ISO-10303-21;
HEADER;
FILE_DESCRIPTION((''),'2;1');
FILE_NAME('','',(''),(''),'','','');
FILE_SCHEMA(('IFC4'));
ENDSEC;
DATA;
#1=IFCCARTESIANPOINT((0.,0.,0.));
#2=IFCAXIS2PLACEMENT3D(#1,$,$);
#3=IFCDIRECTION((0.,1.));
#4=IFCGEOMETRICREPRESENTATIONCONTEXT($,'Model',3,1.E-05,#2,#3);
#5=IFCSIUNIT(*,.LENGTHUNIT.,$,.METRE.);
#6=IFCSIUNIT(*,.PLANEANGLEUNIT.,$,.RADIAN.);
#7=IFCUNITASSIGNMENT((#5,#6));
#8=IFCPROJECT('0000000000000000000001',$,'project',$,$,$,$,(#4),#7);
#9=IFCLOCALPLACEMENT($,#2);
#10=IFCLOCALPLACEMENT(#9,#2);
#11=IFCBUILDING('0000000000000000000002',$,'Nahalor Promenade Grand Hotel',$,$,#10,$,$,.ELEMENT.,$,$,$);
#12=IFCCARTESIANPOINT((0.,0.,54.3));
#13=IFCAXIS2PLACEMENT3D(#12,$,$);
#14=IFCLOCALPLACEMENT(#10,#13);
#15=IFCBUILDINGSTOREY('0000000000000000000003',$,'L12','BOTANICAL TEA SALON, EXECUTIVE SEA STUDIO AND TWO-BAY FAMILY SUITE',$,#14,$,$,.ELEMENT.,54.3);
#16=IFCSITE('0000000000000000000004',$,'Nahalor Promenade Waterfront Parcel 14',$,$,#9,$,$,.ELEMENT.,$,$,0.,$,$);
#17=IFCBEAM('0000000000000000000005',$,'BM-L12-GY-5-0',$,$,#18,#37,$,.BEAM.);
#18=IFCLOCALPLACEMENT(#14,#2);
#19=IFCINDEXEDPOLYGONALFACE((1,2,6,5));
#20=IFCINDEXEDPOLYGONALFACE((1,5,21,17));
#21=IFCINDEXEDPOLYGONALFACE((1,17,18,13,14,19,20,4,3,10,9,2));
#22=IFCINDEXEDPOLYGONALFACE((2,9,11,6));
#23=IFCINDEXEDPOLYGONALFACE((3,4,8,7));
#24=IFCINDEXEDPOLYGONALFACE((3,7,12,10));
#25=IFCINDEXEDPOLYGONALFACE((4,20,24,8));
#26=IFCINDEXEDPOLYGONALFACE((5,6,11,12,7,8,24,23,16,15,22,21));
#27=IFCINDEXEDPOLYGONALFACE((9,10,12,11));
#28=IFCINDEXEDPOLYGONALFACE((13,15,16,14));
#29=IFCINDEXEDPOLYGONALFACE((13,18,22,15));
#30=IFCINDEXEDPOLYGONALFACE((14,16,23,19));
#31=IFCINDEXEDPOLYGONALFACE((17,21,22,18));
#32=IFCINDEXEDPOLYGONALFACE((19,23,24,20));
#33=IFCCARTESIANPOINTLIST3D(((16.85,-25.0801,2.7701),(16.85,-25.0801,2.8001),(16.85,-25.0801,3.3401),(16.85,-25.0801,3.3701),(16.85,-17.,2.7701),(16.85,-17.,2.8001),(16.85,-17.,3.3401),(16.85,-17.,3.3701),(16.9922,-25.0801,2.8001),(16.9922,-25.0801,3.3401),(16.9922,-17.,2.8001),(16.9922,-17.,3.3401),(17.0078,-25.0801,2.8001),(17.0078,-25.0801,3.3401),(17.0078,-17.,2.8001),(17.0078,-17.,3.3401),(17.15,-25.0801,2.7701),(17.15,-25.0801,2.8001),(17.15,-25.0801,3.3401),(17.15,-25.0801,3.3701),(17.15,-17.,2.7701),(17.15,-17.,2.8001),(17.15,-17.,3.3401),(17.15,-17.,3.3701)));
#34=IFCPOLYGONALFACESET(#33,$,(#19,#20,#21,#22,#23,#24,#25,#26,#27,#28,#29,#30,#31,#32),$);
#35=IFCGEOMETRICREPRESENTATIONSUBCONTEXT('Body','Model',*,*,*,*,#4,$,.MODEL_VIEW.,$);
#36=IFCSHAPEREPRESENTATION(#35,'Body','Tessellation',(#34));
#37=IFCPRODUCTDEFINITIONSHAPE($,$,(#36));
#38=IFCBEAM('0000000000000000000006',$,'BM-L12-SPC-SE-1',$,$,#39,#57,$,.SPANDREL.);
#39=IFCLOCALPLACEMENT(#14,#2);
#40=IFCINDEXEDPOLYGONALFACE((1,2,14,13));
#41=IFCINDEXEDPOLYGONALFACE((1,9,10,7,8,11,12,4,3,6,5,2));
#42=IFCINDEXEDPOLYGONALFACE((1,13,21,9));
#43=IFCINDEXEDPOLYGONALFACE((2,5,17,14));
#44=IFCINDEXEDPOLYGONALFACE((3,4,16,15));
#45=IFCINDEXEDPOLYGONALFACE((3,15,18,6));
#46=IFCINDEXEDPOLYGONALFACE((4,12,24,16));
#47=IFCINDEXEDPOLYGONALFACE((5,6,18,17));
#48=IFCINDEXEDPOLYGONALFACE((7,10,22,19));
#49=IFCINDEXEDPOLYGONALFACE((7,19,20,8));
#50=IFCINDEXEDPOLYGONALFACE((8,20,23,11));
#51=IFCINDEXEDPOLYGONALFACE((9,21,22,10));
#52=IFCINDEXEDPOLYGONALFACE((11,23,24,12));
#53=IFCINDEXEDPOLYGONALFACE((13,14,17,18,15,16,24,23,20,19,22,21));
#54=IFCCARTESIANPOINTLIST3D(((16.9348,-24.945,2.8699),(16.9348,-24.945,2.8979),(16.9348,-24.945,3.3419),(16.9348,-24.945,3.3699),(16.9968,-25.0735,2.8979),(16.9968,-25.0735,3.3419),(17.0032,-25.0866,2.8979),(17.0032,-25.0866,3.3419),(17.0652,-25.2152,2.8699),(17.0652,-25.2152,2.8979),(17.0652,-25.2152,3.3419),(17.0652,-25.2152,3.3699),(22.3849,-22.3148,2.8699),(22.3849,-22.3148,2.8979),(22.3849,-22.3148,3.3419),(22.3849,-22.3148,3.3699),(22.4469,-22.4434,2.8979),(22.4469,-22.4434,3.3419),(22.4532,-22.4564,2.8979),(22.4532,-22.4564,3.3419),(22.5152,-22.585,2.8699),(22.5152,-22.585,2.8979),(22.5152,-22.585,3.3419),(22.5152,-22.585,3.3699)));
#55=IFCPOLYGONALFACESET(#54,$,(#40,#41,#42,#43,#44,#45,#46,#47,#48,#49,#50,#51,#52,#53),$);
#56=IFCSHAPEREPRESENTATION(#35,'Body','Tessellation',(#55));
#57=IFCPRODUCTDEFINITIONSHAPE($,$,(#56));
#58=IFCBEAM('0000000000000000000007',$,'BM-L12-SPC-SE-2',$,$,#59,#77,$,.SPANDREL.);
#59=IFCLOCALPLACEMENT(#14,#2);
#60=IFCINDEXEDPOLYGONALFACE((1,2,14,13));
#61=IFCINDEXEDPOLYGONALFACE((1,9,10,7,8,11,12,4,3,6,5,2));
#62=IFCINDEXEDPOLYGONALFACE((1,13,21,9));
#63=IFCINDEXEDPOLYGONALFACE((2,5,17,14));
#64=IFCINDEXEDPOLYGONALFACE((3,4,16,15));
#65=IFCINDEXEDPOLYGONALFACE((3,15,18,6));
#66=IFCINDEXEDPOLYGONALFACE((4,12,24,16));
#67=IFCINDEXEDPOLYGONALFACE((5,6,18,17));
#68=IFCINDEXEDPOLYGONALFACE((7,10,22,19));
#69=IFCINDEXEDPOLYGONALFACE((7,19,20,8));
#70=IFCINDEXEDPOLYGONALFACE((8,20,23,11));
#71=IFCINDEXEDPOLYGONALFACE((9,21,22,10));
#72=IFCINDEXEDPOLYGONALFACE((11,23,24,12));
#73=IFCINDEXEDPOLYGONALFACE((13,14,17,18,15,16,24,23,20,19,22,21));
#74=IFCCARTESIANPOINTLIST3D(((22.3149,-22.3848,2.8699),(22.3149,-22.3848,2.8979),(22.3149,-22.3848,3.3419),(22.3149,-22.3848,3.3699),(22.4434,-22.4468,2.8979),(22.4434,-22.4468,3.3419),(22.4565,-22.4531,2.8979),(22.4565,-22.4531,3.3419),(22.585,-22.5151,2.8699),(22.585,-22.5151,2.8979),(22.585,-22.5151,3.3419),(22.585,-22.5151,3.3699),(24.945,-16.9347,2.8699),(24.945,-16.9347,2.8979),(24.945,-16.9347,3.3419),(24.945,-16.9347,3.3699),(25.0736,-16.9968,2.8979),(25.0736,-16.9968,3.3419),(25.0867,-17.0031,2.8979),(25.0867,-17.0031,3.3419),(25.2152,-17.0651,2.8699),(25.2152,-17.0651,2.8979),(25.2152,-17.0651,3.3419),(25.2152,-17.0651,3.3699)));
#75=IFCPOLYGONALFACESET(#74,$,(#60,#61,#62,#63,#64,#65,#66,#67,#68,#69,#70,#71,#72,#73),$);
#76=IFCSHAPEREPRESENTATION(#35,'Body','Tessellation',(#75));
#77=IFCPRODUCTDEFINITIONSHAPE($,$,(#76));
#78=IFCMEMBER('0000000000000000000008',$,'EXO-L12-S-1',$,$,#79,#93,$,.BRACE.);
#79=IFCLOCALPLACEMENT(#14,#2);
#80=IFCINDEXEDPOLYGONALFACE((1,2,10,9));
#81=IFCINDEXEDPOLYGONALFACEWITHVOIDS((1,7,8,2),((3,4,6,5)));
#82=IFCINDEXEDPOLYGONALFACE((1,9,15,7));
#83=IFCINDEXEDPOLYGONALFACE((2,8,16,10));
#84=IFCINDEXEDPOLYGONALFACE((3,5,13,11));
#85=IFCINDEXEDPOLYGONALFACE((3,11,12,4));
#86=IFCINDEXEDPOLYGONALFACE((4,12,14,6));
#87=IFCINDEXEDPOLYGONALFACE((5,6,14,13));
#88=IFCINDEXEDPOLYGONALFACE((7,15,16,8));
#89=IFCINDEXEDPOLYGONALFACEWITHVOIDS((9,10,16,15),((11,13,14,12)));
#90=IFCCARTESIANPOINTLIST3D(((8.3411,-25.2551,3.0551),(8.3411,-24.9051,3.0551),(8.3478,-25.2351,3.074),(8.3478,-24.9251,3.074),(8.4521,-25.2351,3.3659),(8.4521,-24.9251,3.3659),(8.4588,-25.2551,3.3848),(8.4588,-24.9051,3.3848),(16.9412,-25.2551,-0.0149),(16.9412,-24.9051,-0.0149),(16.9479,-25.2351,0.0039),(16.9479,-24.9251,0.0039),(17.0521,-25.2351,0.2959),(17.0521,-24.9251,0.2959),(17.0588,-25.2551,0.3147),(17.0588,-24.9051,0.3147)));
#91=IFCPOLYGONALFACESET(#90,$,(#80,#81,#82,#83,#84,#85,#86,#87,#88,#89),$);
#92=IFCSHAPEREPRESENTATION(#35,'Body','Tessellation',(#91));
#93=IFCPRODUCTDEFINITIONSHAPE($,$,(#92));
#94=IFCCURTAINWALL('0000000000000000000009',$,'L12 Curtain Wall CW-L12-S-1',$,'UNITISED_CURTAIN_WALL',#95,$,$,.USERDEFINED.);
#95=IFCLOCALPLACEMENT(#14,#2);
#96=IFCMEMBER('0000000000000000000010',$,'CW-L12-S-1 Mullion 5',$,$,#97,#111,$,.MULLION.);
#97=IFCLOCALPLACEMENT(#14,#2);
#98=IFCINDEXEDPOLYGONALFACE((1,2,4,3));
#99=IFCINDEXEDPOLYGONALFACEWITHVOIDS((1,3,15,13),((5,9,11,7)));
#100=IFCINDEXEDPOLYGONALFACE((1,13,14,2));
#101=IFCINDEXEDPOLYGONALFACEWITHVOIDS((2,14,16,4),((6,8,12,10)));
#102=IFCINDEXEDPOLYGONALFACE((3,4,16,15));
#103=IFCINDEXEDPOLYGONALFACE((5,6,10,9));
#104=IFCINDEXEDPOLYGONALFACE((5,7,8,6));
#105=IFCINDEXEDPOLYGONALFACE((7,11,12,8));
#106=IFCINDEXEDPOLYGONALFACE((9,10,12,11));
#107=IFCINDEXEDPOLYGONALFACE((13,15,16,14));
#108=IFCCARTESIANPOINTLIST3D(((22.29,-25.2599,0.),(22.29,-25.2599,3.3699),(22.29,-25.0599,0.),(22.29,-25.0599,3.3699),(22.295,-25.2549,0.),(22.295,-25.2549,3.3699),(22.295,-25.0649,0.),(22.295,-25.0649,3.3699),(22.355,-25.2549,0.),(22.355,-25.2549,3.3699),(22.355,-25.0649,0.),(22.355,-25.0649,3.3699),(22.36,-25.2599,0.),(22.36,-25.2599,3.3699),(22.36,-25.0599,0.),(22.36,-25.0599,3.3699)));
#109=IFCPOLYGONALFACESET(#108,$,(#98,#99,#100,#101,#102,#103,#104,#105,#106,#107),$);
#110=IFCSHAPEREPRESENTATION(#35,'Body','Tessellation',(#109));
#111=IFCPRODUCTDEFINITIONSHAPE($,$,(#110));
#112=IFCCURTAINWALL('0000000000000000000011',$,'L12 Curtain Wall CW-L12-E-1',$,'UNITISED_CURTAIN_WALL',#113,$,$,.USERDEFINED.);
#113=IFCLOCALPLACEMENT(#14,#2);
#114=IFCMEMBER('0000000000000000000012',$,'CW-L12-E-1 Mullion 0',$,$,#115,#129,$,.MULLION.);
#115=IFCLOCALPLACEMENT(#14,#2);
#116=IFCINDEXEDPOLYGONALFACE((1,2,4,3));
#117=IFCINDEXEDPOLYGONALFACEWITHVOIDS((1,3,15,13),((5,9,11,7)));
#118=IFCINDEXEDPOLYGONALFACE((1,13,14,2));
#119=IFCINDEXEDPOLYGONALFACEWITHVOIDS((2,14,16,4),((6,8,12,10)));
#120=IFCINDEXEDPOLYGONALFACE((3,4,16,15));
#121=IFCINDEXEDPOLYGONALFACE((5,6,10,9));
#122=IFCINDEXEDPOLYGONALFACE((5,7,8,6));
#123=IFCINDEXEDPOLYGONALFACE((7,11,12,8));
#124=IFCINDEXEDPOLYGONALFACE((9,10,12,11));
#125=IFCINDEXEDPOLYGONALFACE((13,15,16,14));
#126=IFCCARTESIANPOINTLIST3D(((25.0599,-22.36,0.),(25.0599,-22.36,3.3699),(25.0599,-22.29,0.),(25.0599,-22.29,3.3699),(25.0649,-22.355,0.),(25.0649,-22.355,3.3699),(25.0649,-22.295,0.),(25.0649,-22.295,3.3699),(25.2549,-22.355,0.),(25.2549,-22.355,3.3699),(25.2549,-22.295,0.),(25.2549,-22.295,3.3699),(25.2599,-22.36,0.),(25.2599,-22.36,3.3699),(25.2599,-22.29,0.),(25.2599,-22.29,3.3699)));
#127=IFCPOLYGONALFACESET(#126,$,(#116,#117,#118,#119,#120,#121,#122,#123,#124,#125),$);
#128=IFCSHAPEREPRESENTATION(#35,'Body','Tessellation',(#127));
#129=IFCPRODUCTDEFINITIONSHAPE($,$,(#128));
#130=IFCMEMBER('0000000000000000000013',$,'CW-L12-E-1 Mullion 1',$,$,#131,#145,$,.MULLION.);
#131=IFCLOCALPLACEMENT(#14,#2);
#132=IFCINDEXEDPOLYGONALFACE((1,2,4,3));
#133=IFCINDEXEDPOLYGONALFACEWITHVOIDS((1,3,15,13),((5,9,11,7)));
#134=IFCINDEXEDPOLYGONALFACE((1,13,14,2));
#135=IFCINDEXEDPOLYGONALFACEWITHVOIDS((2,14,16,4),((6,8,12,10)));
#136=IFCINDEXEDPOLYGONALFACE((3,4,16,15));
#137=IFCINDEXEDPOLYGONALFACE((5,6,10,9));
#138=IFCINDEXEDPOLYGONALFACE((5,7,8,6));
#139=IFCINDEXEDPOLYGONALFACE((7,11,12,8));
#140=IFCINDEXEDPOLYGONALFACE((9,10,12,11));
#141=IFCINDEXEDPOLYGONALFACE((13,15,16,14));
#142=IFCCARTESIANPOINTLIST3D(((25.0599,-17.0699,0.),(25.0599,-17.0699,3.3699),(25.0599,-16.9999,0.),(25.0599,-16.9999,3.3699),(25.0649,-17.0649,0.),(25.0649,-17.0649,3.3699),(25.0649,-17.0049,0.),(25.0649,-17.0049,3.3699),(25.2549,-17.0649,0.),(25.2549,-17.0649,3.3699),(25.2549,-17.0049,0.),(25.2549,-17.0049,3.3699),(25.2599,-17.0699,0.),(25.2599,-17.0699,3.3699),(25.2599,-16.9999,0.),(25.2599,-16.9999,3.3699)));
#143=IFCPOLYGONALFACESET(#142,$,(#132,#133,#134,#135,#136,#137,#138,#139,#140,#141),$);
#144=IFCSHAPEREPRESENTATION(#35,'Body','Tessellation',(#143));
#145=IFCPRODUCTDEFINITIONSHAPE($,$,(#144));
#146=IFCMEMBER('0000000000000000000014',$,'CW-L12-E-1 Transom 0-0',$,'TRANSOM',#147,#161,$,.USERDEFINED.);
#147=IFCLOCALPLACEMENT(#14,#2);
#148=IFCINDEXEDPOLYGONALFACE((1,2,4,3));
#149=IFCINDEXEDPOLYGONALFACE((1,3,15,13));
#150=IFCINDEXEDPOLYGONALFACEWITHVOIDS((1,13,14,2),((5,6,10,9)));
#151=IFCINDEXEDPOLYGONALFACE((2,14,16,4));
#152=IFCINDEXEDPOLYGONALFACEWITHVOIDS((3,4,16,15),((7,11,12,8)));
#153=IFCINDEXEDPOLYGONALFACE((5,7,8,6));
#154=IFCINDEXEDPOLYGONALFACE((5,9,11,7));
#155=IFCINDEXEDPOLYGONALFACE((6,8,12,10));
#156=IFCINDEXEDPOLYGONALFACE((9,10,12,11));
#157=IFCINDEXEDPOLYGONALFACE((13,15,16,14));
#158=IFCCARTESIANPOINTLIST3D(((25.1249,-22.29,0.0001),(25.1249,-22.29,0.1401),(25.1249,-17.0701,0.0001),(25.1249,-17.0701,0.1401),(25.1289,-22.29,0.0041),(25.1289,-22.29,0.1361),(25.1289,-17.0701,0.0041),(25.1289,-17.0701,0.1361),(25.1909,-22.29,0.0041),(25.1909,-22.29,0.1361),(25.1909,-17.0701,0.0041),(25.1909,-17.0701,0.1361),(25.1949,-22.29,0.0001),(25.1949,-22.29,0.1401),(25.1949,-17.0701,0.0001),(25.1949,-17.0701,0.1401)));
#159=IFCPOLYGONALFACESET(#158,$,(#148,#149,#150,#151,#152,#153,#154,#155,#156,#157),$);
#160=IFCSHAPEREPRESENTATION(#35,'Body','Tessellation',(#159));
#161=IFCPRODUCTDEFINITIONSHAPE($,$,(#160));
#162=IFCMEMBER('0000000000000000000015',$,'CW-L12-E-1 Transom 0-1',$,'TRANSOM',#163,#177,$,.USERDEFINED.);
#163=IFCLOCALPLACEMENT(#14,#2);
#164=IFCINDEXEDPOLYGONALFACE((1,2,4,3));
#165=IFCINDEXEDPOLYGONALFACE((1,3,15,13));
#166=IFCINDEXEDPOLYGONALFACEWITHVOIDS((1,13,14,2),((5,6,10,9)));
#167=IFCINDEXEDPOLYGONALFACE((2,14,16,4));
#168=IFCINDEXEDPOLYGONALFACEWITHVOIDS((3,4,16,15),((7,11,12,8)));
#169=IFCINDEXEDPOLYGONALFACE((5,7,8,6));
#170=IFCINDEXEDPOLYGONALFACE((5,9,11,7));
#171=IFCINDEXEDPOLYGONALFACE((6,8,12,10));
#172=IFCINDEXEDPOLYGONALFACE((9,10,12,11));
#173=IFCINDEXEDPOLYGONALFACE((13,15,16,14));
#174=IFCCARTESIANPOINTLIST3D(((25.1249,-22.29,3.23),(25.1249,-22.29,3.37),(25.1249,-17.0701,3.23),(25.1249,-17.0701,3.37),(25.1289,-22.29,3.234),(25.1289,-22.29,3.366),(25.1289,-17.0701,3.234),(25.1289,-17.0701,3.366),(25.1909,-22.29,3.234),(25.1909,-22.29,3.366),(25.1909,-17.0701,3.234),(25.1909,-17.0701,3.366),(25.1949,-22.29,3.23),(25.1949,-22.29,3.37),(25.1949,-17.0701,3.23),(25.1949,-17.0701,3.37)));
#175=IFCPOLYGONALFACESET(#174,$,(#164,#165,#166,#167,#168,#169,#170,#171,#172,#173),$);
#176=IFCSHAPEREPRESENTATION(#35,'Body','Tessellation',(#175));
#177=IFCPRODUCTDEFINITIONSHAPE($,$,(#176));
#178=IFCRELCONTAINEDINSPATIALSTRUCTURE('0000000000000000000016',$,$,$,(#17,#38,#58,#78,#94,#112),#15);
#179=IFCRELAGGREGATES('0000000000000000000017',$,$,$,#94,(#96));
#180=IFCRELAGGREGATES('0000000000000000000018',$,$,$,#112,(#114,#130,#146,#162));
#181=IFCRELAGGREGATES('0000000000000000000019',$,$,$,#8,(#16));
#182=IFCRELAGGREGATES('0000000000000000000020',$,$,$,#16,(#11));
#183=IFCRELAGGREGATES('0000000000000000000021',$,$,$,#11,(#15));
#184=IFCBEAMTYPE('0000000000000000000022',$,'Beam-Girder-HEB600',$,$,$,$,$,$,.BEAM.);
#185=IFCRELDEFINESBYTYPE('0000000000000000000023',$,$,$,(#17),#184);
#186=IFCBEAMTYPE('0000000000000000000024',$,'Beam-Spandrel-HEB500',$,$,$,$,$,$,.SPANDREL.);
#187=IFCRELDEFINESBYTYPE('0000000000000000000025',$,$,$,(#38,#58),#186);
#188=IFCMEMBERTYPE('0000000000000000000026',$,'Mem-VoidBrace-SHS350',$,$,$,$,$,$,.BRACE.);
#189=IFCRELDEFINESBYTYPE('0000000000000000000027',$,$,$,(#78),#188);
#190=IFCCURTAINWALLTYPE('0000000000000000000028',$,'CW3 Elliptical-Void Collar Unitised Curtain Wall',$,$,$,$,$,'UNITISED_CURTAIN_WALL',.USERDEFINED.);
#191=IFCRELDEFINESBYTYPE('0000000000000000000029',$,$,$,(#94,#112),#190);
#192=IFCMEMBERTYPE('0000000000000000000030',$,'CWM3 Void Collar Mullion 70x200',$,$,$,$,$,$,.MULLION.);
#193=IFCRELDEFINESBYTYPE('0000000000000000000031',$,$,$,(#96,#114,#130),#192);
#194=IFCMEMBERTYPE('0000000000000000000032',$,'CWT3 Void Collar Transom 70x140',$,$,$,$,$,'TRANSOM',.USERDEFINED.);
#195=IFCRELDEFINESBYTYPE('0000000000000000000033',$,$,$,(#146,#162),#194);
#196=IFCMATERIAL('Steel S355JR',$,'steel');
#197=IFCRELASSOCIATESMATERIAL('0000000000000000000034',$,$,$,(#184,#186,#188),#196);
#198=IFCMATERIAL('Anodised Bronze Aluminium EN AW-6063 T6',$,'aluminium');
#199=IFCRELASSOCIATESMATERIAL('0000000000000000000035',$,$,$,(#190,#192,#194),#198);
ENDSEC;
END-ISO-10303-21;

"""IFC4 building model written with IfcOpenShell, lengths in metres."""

from ifc_helpers import new_model, si_unit, direction, frame, origin, origin_2d, place, context, subcontext, project, spatial, hollow_rectangle, i_section, extrude, source, transform, mapped, material, material_profile, profile_set, type_object, element, aggregate, save


model = new_model("IFC4")

# Units and contexts
model_context = context("Model", 3, precision=1e-05, world=origin(), true_north=direction((0.0, 1.0)))
body_context = subcontext(model_context, "Body", "Model", "MODEL_VIEW")
ifc_project = project(units=[si_unit("LENGTHUNIT", "METRE"), si_unit("PLANEANGLEUNIT", "RADIAN")], contexts=[model_context])

# Site, building, storey
site_placement = place(None, origin())
site = spatial("IfcSite", under=ifc_project, at=site_placement, Name="Nahalor Promenade Waterfront Parcel 14", CompositionType="ELEMENT", RefElevation=0.0)
building_placement = place(site_placement, origin())
building = spatial("IfcBuilding", under=site, at=building_placement, Name="Nahalor Promenade Grand Hotel", CompositionType="ELEMENT")
storey_placement = place(building_placement, frame((0.0, 0.0, 54.3)))
storey = spatial("IfcBuildingStorey", under=building, at=storey_placement, Name="L12", Description="BOTANICAL TEA SALON, EXECUTIVE SEA STUDIO AND TWO-BAY FAMILY SUITE", CompositionType="ELEMENT", Elevation=54.3)

# Beams
ifc_material_1 = material(Name="Steel S355JR", Category="steel")
ifc_material_profile_1 = material_profile(ifc_material_1, i_section(OverallWidth=0.3, OverallDepth=0.6, WebThickness=0.0155, FlangeThickness=0.03, at=origin_2d()), Name="HEB 600")
ifc_profile_set_1 = profile_set([ifc_material_profile_1], Name="Steel S355JR")
beam_type_1 = type_object("IfcBeamType", Name="Beam-Girder-HEB600", PredefinedType="BEAM", material=ifc_profile_set_1)
ifc_material_profile_2 = material_profile(ifc_material_1, i_section(OverallWidth=0.3, OverallDepth=0.5, WebThickness=0.0145, FlangeThickness=0.028, at=origin_2d()), Name="HEB 500")
ifc_profile_set_2 = profile_set([ifc_material_profile_2], Name="Steel S355JR")
beam_type_2 = type_object("IfcBeamType", Name="Beam-Spandrel-HEB500", PredefinedType="SPANDREL", material=ifc_profile_set_2)
shared_shape_1 = source(origin(), body_context, "Body", "SweptSolid", [
    extrude(i_section(OverallWidth=0.3, OverallDepth=0.6, WebThickness=0.0155, FlangeThickness=0.03, at=origin_2d()), origin(), (0.0, 0.0, 1.0), 8.0801),
])
for number, where, z_axis, x_axis, name in (
    (1, (17.0, -25.0801, 3.0701), (0.0, 1.0, 0.0), (-1.0, 0.0, 0.0), "BM-L12-GY-5-0"),
):
    element("IfcBeam", number, at=place(storey_placement, frame(where, z_axis=z_axis, x_axis=x_axis)), inside=storey, type_object=beam_type_1, Name=name, PredefinedType="BEAM", context=body_context, shape_type="MappedRepresentation", body=[
        mapped(shared_shape_1, transform((0.0, 0.0, 0.0), scale=1.0)),
    ])
shared_shape_2 = source(origin(), body_context, "Body", "SweptSolid", [
    extrude(i_section(OverallWidth=0.3, OverallDepth=0.5, WebThickness=0.0145, FlangeThickness=0.028, at=origin_2d()), origin(), (0.0, 0.0, 1.0), 6.0515),
])
for number, where, z_axis, x_axis, name in (
    (2, (17.0, -25.0801, 3.1199), (0.900609, 0.434631, 0.0), (-0.434631, 0.900609, 0.0), "BM-L12-SPC-SE-1"),
    (3, (22.45, -22.45, 3.1199), (0.434631, 0.900609, 0.0), (-0.900609, 0.434631, 0.0), "BM-L12-SPC-SE-2"),
):
    element("IfcBeam", number, at=place(storey_placement, frame(where, z_axis=z_axis, x_axis=x_axis)), inside=storey, type_object=beam_type_2, Name=name, PredefinedType="SPANDREL", context=body_context, shape_type="MappedRepresentation", body=[
        mapped(shared_shape_2, transform((0.0, 0.0, 0.0), scale=1.0)),
    ])

# Member
ifc_material_profile_3 = material_profile(ifc_material_1, hollow_rectangle(XDim=0.35, YDim=0.35, WallThickness=0.02, at=origin_2d()), Name="SHS 350x350x20")
ifc_profile_set_3 = profile_set([ifc_material_profile_3], Name="Steel S355JR")
member_type_1 = type_object("IfcMemberType", Name="Mem-VoidBrace-SHS350", PredefinedType="BRACE", material=ifc_profile_set_3)
shared_shape_3 = source(origin(), body_context, "Body", "SweptSolid", [
    extrude(hollow_rectangle(XDim=0.35, YDim=0.35, WallThickness=0.02, at=origin_2d()), origin(), (0.0, 0.0, 1.0), 9.1316),
])
member_1_placement = place(storey_placement, frame((17.0, -25.0801, 0.1499), z_axis=(-0.94179, 0.0, 0.336201), x_axis=(0.0, -1.0, 0.0)))
element("IfcMember", 4, at=member_1_placement, inside=storey, type_object=member_type_1, Name="EXO-L12-S-1", PredefinedType="BRACE", context=body_context, shape_type="MappedRepresentation", body=[
    mapped(shared_shape_3, transform((0.0, 0.0, 0.0), scale=1.0)),
])

# Curtain wall, member
ifc_material_2 = material(Name="Anodised Bronze Aluminium EN AW-6063 T6", Category="aluminium")
curtain_wall_type = type_object("IfcCurtainWallType", Name="CW3 Elliptical-Void Collar Unitised Curtain Wall", ElementType="UNITISED_CURTAIN_WALL", PredefinedType="USERDEFINED", material=ifc_material_2)
curtain_wall_1_placement = place(storey_placement, origin())
curtain_wall_1 = element("IfcCurtainWall", 5, at=curtain_wall_1_placement, inside=storey, type_object=curtain_wall_type, Name="L12 Curtain Wall CW-L12-S-1", ObjectType="UNITISED_CURTAIN_WALL", PredefinedType="USERDEFINED")
ifc_material_profile_4 = material_profile(ifc_material_2, hollow_rectangle(XDim=0.07, YDim=0.2, WallThickness=0.005, at=origin_2d()), Name="CWM 70x200x5")
ifc_profile_set_4 = profile_set([ifc_material_profile_4], Name="Anodised Bronze Aluminium EN AW-6063 T6")
member_type_2 = type_object("IfcMemberType", Name="CWM3 Void Collar Mullion 70x200", PredefinedType="MULLION", material=ifc_profile_set_4)
shared_shape_4 = source(origin(), body_context, "Body", "SweptSolid", [
    extrude(hollow_rectangle(XDim=0.07, YDim=0.2, WallThickness=0.005, at=origin_2d()), origin(), (0.0, 0.0, 1.0), 3.3699),
])
member_2_placement = place(storey_placement, frame((22.325, -25.1599, 0.0), z_axis=(0.0, 0.0, 1.0), x_axis=(1.0, 0.0, 0.0)))
member_2 = element("IfcMember", 6, at=member_2_placement, type_object=member_type_2, Name="CW-L12-S-1 Mullion 5", PredefinedType="MULLION", context=body_context, shape_type="MappedRepresentation", body=[
    mapped(shared_shape_4, transform((0.0, 0.0, 0.0), scale=1.0)),
])

# Curtain wall, members
curtain_wall_2_placement = place(storey_placement, origin())
curtain_wall_2 = element("IfcCurtainWall", 7, at=curtain_wall_2_placement, inside=storey, type_object=curtain_wall_type, Name="L12 Curtain Wall CW-L12-E-1", ObjectType="UNITISED_CURTAIN_WALL", PredefinedType="USERDEFINED")
member_3_placement = place(storey_placement, frame((25.1599, -22.325, 0.0), z_axis=(0.0, 0.0, 1.0), x_axis=(0.0, 1.0, 0.0)))
member_3 = element("IfcMember", 8, at=member_3_placement, type_object=member_type_2, Name="CW-L12-E-1 Mullion 0", PredefinedType="MULLION", context=body_context, shape_type="MappedRepresentation", body=[
    mapped(shared_shape_4, transform((0.0, 0.0, 0.0), scale=1.0)),
])
member_4_placement = place(storey_placement, frame((25.1599, -17.0349, 0.0), z_axis=(0.0, 0.0, 1.0), x_axis=(0.0, 1.0, 0.0)))
member_4 = element("IfcMember", 9, at=member_4_placement, type_object=member_type_2, Name="CW-L12-E-1 Mullion 1", PredefinedType="MULLION", context=body_context, shape_type="MappedRepresentation", body=[
    mapped(shared_shape_4, transform((0.0, 0.0, 0.0), scale=1.0)),
])
ifc_material_profile_5 = material_profile(ifc_material_2, hollow_rectangle(XDim=0.07, YDim=0.14, WallThickness=0.004, at=origin_2d()), Name="CWT 70x140x4")
ifc_profile_set_5 = profile_set([ifc_material_profile_5], Name="Anodised Bronze Aluminium EN AW-6063 T6")
member_type_3 = type_object("IfcMemberType", Name="CWT3 Void Collar Transom 70x140", ElementType="TRANSOM", PredefinedType="USERDEFINED", material=ifc_profile_set_5)
shared_shape_5 = source(origin(), body_context, "Body", "SweptSolid", [
    extrude(hollow_rectangle(XDim=0.07, YDim=0.14, WallThickness=0.004, at=origin_2d()), origin(), (0.0, 0.0, 1.0), 5.22),
])
member_5_placement = place(storey_placement, frame((25.1599, -22.29, 0.0701), z_axis=(0.0, 1.0, 0.0), x_axis=(-1.0, 0.0, 0.0)))
member_5 = element("IfcMember", 10, at=member_5_placement, type_object=member_type_3, Name="CW-L12-E-1 Transom 0-0", ObjectType="TRANSOM", PredefinedType="USERDEFINED", context=body_context, shape_type="MappedRepresentation", body=[
    mapped(shared_shape_5, transform((0.0, 0.0, 0.0), scale=1.0)),
])
member_6_placement = place(storey_placement, frame((25.1599, -22.29, 3.3), z_axis=(0.0, 1.0, 0.0), x_axis=(-1.0, 0.0, 0.0)))
member_6 = element("IfcMember", 11, at=member_6_placement, type_object=member_type_3, Name="CW-L12-E-1 Transom 0-1", ObjectType="TRANSOM", PredefinedType="USERDEFINED", context=body_context, shape_type="MappedRepresentation", body=[
    mapped(shared_shape_5, transform((0.0, 0.0, 0.0), scale=1.0)),
])

aggregate(curtain_wall_1, [member_2])
aggregate(curtain_wall_2, [member_3, member_4, member_5, member_6])

save(model, "model.ifc")
